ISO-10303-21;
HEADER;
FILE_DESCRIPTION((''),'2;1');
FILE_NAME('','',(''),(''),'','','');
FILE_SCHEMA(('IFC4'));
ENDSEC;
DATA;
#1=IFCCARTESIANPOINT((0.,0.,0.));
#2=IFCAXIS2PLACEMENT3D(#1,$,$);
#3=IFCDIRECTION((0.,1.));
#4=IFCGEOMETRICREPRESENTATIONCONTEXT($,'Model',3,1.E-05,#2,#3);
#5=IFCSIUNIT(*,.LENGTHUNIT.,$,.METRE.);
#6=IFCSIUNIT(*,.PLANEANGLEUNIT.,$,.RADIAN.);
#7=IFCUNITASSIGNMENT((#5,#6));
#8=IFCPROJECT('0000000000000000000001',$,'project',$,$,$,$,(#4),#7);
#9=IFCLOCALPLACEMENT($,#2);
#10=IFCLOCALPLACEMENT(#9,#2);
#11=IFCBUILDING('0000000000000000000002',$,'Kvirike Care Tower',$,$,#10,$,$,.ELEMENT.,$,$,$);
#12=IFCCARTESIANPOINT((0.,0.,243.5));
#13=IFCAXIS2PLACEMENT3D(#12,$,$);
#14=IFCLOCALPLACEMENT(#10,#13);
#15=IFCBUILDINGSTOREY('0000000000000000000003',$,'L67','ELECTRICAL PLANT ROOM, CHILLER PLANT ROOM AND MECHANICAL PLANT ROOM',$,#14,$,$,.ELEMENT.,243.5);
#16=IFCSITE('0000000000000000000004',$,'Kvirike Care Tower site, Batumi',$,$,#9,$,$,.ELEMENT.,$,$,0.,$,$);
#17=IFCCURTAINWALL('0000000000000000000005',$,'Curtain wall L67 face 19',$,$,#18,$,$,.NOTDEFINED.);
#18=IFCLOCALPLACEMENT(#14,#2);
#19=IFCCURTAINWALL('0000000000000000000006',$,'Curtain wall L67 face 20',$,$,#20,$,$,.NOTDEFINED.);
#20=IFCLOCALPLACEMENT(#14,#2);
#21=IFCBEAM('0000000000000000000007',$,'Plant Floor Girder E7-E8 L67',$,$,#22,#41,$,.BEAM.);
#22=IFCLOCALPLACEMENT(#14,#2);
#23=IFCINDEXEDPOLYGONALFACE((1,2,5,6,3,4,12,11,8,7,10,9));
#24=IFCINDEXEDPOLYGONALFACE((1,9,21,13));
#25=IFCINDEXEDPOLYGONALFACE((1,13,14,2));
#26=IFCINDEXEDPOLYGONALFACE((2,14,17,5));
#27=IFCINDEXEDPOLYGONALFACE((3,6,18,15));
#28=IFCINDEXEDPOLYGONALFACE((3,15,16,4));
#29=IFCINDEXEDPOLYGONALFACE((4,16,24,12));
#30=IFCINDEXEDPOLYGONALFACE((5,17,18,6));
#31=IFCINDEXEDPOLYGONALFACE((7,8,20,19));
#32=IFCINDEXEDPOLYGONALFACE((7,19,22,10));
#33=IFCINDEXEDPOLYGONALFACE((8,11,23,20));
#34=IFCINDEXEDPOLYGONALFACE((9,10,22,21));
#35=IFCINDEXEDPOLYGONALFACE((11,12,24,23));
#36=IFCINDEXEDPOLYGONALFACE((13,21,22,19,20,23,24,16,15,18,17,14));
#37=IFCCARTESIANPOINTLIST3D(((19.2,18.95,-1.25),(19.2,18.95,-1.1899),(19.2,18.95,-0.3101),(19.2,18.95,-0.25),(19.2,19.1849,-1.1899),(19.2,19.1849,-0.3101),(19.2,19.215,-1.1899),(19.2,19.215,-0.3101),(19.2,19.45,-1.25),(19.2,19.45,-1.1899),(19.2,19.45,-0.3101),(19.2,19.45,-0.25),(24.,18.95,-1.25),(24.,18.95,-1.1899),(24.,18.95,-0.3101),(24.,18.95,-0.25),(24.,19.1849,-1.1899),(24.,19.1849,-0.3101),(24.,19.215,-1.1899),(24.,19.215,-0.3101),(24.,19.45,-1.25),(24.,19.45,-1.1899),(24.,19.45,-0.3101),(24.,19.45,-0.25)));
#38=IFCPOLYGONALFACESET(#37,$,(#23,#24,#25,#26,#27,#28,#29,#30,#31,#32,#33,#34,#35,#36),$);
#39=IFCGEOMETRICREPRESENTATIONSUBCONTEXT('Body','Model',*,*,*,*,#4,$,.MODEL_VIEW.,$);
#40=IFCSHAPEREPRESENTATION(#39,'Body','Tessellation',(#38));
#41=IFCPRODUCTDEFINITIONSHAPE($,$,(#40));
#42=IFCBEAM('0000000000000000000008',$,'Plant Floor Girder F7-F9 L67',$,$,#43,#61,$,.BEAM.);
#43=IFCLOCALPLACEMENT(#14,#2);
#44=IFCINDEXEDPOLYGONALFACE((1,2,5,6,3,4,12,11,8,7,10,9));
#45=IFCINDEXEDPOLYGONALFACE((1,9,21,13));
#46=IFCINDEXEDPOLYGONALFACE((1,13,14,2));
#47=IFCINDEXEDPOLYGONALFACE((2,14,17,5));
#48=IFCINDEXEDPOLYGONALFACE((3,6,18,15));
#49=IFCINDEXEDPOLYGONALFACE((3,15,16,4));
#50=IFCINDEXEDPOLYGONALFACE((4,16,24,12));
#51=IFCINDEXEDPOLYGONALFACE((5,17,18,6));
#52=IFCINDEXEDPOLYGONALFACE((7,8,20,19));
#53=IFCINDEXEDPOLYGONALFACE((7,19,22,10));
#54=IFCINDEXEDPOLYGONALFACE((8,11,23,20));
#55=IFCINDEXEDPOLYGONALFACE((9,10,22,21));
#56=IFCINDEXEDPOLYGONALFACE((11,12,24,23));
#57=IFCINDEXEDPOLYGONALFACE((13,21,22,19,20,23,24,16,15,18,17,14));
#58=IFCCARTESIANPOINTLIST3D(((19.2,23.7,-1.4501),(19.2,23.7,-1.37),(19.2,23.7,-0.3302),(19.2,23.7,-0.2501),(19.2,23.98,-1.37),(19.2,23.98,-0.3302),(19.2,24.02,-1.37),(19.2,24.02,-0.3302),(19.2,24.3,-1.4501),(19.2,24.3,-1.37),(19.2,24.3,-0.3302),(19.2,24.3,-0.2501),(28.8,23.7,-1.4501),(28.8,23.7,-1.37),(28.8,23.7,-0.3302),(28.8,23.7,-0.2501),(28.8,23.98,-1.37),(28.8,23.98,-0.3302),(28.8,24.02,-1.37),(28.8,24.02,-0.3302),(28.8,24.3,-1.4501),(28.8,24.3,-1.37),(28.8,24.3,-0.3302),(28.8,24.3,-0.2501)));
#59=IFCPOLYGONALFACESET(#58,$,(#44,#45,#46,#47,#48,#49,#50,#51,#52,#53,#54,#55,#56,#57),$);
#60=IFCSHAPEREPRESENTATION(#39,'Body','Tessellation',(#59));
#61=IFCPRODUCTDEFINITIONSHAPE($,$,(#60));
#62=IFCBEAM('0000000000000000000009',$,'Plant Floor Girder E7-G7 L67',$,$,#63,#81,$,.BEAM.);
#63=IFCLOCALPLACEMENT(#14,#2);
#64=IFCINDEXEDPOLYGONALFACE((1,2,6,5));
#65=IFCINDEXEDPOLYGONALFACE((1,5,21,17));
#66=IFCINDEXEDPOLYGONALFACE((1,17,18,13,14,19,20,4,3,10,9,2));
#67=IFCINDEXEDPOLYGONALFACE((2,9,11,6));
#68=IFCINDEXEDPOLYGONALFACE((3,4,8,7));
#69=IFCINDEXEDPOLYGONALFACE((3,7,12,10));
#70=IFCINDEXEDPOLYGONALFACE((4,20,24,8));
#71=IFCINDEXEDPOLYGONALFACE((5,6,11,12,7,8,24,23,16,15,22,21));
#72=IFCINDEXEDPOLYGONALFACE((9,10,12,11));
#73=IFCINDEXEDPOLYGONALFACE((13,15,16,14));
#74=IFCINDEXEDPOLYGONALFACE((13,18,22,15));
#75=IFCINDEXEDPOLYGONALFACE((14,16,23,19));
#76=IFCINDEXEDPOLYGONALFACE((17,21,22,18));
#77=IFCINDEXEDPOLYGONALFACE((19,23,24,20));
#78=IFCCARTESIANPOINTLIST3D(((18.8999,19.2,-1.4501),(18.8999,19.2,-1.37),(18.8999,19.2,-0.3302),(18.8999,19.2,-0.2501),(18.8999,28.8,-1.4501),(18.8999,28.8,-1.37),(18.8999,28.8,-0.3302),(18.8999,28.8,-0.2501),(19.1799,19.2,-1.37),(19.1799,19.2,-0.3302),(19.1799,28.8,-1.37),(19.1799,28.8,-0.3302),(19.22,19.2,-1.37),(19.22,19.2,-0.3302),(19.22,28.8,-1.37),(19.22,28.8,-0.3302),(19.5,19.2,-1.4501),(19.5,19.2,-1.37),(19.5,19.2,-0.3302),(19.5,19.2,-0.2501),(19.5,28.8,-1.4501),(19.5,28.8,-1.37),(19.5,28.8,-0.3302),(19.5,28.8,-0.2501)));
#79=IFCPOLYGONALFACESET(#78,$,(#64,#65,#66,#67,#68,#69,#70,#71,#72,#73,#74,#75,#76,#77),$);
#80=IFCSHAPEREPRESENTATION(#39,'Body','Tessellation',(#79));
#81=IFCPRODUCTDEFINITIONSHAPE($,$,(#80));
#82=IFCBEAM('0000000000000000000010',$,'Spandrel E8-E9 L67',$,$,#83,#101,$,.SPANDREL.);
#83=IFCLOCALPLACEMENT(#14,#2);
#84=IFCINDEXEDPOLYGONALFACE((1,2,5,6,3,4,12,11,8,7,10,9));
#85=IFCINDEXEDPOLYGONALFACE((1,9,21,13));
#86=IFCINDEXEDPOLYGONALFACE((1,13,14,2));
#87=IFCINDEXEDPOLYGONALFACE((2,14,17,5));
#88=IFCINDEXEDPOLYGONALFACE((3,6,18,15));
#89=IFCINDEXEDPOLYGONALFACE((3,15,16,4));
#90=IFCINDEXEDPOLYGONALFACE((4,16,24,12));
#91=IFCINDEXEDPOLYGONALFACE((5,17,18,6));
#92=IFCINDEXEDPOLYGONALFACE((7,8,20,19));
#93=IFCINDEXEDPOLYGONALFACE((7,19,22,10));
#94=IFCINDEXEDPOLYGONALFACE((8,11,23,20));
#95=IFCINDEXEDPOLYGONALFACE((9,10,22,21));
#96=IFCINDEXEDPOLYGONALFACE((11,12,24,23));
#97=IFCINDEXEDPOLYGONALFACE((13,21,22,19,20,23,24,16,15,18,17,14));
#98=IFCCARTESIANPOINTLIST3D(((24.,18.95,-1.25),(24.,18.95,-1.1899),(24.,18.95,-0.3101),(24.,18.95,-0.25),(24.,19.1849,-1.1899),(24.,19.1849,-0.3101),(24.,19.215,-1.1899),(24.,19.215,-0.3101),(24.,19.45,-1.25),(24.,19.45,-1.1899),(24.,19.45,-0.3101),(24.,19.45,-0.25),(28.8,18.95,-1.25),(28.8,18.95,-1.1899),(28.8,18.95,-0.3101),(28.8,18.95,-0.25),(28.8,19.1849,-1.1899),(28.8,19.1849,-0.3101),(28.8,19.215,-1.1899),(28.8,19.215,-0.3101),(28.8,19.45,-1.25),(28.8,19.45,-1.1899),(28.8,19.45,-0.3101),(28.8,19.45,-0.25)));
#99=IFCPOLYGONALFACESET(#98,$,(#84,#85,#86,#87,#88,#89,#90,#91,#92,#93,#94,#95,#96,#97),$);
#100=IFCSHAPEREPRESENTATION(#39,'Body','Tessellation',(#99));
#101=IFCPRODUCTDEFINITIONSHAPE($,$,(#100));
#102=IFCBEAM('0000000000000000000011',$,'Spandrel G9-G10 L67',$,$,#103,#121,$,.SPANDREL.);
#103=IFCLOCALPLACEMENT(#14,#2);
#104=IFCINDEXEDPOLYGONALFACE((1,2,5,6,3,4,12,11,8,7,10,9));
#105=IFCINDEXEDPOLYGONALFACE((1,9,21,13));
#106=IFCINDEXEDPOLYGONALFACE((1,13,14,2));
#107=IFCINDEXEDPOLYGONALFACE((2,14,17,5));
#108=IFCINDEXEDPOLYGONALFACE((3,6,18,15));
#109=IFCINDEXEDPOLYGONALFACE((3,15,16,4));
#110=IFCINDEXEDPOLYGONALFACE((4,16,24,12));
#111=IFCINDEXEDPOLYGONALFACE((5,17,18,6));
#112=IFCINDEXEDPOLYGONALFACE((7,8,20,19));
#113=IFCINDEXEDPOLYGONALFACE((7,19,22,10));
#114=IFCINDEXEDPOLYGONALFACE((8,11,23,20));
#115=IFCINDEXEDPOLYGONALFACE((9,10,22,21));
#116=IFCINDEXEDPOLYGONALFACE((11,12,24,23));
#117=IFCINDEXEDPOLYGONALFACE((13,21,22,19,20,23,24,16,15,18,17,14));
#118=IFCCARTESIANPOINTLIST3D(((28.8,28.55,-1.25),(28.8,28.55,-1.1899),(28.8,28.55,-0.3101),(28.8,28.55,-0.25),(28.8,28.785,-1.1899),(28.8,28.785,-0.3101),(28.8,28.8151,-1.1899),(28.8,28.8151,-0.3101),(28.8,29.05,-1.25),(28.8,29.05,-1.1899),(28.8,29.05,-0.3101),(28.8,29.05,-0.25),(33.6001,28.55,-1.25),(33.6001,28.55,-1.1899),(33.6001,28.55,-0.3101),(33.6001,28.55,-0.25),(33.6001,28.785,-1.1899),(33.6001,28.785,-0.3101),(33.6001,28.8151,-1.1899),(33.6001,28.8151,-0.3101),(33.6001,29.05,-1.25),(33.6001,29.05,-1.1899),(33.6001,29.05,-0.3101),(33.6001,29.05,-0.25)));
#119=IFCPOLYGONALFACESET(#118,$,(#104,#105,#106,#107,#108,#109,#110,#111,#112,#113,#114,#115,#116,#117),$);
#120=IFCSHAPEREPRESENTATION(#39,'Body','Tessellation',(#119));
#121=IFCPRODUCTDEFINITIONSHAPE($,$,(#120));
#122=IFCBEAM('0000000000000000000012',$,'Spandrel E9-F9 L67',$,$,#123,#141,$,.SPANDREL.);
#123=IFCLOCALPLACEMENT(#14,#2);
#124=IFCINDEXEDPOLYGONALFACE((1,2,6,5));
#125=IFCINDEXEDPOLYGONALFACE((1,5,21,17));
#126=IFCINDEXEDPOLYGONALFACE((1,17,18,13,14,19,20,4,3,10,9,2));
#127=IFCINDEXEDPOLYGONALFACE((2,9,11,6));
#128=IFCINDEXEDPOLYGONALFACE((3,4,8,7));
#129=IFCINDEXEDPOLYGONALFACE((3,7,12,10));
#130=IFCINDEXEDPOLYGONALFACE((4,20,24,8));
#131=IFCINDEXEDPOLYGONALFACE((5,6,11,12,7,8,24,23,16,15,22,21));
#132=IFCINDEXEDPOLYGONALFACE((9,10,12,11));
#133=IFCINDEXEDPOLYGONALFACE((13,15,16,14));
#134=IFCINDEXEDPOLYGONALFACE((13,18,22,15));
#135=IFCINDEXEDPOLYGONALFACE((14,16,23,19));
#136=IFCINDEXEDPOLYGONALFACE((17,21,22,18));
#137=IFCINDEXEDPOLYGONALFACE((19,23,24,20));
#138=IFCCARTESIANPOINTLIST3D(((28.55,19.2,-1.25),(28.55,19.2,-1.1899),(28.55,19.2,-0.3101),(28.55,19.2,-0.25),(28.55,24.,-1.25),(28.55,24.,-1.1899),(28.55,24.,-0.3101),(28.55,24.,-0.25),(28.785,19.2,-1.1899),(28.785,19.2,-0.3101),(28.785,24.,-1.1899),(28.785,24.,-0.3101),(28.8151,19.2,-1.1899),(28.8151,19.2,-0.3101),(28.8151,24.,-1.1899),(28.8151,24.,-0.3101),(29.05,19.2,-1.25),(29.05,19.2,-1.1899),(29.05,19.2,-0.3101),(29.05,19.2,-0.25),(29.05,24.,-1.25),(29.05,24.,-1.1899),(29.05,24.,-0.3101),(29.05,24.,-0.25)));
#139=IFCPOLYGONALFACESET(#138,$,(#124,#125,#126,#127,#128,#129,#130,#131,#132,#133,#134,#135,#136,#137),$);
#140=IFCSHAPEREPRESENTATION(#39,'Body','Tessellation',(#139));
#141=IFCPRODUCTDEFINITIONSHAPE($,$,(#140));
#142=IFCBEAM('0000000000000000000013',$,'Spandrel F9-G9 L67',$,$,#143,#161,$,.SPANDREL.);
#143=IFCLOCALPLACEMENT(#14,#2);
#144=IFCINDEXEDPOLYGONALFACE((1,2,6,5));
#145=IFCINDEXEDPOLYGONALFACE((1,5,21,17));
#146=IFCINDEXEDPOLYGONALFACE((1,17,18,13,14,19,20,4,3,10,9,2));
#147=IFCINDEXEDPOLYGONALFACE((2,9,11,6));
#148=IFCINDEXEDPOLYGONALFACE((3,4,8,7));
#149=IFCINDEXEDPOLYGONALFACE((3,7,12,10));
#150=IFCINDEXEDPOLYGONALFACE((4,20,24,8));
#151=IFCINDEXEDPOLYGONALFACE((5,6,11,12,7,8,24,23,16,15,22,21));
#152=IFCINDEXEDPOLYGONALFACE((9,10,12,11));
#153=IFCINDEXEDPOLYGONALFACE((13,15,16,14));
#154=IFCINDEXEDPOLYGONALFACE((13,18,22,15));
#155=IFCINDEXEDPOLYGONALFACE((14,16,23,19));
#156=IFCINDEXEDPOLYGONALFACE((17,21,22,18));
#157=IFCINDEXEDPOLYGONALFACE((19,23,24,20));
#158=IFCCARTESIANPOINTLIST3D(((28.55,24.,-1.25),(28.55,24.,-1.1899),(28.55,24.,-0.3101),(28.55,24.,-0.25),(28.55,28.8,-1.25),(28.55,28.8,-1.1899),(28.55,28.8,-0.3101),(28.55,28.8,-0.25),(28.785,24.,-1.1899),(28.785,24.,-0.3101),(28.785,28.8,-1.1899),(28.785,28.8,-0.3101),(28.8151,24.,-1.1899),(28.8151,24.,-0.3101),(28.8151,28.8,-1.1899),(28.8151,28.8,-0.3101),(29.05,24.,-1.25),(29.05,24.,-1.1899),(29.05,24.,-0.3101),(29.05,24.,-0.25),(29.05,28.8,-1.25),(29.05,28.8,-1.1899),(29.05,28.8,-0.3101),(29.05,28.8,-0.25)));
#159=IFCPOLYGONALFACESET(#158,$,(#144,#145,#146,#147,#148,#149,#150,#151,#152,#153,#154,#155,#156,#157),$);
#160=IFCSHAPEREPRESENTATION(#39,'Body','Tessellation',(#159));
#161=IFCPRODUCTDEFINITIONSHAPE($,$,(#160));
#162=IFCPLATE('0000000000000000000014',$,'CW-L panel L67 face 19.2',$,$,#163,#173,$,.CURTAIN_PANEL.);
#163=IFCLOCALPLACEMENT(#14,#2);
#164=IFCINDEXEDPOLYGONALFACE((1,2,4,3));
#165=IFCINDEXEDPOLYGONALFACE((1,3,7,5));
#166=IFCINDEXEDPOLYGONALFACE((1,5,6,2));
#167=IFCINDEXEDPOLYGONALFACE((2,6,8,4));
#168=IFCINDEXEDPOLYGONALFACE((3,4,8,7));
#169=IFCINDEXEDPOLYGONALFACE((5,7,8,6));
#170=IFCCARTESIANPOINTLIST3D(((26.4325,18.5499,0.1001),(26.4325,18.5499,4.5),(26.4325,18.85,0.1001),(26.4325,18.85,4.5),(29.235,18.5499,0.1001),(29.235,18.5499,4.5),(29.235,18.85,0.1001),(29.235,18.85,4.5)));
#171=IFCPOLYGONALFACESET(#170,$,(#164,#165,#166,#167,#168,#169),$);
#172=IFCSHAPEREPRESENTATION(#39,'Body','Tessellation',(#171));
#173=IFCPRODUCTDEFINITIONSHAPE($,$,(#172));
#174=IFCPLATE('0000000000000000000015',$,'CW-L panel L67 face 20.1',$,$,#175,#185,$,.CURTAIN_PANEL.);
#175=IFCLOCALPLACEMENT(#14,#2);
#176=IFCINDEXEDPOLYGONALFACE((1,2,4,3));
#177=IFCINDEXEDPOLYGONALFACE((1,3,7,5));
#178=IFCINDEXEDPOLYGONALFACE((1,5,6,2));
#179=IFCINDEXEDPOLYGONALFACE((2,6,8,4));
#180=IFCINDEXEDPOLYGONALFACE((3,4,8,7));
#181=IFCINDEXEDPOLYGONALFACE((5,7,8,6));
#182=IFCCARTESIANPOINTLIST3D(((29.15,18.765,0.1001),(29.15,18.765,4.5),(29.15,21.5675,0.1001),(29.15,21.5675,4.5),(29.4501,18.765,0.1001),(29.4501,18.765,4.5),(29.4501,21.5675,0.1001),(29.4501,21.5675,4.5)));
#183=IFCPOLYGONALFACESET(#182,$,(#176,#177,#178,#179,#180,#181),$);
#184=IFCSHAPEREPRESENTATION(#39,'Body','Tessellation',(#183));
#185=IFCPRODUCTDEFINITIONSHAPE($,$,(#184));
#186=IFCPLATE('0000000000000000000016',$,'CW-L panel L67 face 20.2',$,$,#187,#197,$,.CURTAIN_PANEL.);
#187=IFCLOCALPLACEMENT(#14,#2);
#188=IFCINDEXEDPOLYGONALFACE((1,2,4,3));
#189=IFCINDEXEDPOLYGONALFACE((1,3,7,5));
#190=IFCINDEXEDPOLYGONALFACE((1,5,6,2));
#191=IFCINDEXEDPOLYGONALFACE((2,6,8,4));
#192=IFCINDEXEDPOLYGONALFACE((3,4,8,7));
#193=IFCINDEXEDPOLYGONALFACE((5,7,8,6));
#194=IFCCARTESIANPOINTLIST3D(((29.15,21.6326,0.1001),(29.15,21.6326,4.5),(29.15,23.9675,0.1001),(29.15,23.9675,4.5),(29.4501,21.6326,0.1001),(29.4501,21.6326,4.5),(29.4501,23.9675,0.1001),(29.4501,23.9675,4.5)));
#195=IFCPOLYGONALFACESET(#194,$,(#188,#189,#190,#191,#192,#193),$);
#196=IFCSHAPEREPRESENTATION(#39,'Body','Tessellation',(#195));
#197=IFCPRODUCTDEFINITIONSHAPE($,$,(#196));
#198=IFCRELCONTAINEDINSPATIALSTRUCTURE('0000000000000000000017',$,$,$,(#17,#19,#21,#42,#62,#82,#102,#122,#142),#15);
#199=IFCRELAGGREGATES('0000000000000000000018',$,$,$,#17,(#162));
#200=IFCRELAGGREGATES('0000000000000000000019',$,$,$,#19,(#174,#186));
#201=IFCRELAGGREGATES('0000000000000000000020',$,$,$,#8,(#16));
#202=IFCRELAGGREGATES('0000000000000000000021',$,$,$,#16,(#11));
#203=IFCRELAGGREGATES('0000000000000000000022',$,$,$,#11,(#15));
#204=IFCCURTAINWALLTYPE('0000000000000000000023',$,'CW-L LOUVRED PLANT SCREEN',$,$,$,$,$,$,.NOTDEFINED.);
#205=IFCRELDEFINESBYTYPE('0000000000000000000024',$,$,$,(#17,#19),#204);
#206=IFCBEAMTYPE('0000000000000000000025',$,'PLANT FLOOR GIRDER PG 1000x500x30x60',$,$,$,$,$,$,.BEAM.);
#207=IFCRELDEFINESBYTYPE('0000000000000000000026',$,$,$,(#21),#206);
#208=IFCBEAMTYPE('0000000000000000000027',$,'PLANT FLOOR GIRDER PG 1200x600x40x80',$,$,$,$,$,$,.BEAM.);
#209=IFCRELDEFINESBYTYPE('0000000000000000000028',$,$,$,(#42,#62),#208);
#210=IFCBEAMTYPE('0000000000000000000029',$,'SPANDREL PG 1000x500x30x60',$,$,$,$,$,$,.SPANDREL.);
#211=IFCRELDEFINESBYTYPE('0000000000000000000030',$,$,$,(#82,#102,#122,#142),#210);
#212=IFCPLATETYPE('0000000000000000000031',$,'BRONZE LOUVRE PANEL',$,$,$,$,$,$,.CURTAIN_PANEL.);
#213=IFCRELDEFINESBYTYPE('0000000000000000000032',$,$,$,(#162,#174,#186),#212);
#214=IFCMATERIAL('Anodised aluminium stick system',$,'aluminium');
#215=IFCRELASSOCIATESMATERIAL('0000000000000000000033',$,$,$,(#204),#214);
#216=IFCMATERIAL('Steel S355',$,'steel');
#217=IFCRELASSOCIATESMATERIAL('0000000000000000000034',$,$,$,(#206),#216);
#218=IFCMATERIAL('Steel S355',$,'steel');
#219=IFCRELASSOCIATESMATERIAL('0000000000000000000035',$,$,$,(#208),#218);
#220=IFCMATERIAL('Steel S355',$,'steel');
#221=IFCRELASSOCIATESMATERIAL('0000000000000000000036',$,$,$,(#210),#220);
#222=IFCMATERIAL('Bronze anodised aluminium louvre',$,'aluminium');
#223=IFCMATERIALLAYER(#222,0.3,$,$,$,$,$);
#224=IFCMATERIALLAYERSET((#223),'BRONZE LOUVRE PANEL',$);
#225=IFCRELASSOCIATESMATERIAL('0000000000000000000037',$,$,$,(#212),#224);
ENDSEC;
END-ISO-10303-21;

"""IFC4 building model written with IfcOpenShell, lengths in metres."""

from ifc_helpers import new_model, si_unit, direction, frame, origin, origin_2d, place, context, subcontext, project, spatial, rectangle, i_section, extrude, material, layer, layer_set, material_profile, profile_set, type_object, element, aggregate, save


model = new_model("IFC4")

# Units and contexts
model_context = context("Model", 3, precision=1e-05, world=origin(), true_north=direction((0.0, 1.0)))
body_context = subcontext(model_context, "Body", "Model", "MODEL_VIEW")
ifc_project = project(units=[si_unit("LENGTHUNIT", "METRE"), si_unit("PLANEANGLEUNIT", "RADIAN")], contexts=[model_context])

# Site, building, storey
site_placement = place(None, origin())
site = spatial("IfcSite", under=ifc_project, at=site_placement, Name="Kvirike Care Tower site, Batumi", CompositionType="ELEMENT", RefElevation=0.0)
building_placement = place(site_placement, origin())
building = spatial("IfcBuilding", under=site, at=building_placement, Name="Kvirike Care Tower", CompositionType="ELEMENT")
storey_placement = place(building_placement, frame((0.0, 0.0, 243.5)))
storey = spatial("IfcBuildingStorey", under=building, at=storey_placement, Name="L67", Description="ELECTRICAL PLANT ROOM, CHILLER PLANT ROOM AND MECHANICAL PLANT ROOM", CompositionType="ELEMENT", Elevation=243.5)

# Curtain wall
ifc_material_1 = material(Name="Anodised aluminium stick system", Category="aluminium")
curtain_wall_type = type_object("IfcCurtainWallType", Name="CW-L LOUVRED PLANT SCREEN", PredefinedType="NOTDEFINED", material=ifc_material_1)
curtain_wall_1_placement = place(storey_placement, origin())
curtain_wall_1 = element("IfcCurtainWall", 1, at=curtain_wall_1_placement, inside=storey, type_object=curtain_wall_type, Name="Curtain wall L67 face 19", PredefinedType="NOTDEFINED")

# Curtain wall
curtain_wall_2_placement = place(storey_placement, origin())
curtain_wall_2 = element("IfcCurtainWall", 2, at=curtain_wall_2_placement, inside=storey, type_object=curtain_wall_type, Name="Curtain wall L67 face 20", PredefinedType="NOTDEFINED")

# Beams
ifc_material_2 = material(Name="Steel S355", Category="steel")
ifc_material_profile_1 = material_profile(ifc_material_2, i_section(OverallWidth=0.5, OverallDepth=1.0, WebThickness=0.03, FlangeThickness=0.0601, at=origin_2d()), Name="PG 1000x500x30x60")
ifc_profile_set_1 = profile_set([ifc_material_profile_1], Name="Steel S355")
beam_type_1 = type_object("IfcBeamType", Name="PLANT FLOOR GIRDER PG 1000x500x30x60", PredefinedType="BEAM", material=ifc_profile_set_1)
beam_placement = place(storey_placement, frame((19.2, 19.2, -0.75), z_axis=(1.0, 0.0, 0.0), x_axis=(0.0, 1.0, 0.0)))
element("IfcBeam", 3, at=beam_placement, inside=storey, type_object=beam_type_1, Name="Plant Floor Girder E7-E8 L67", PredefinedType="BEAM", context=body_context, shape_type="SweptSolid", body=[
    extrude(i_section(OverallWidth=0.5, OverallDepth=1.0, WebThickness=0.03, FlangeThickness=0.0601, at=origin_2d()), origin(), (0.0, 0.0, 1.0), 4.8),
])
ifc_material_3 = material(Name="Steel S355", Category="steel")
ifc_material_profile_2 = material_profile(ifc_material_3, i_section(OverallWidth=0.6001, OverallDepth=1.2, WebThickness=0.04, FlangeThickness=0.0801, at=origin_2d()), Name="PG 1200x600x40x80")
ifc_profile_set_2 = profile_set([ifc_material_profile_2], Name="Steel S355")
beam_type_2 = type_object("IfcBeamType", Name="PLANT FLOOR GIRDER PG 1200x600x40x80", PredefinedType="BEAM", material=ifc_profile_set_2)
for number, where, z_axis, x_axis, name in (
    (4, (19.2, 24.0, -0.8501), (1.0, 0.0, 0.0), (0.0, 1.0, 0.0), "Plant Floor Girder F7-F9 L67"),
    (5, (19.2, 19.2, -0.8501), (0.0, 1.0, 0.0), (-1.0, 0.0, 0.0), "Plant Floor Girder E7-G7 L67"),
):
    element("IfcBeam", number, at=place(storey_placement, frame(where, z_axis=z_axis, x_axis=x_axis)), inside=storey, type_object=beam_type_2, Name=name, PredefinedType="BEAM", context=body_context, shape_type="SweptSolid", body=[
        extrude(i_section(OverallWidth=0.6001, OverallDepth=1.2, WebThickness=0.04, FlangeThickness=0.0801, at=origin_2d()), origin(), (0.0, 0.0, 1.0), 9.6001),
    ])
ifc_material_4 = material(Name="Steel S355", Category="steel")
ifc_material_profile_3 = material_profile(ifc_material_4, i_section(OverallWidth=0.5, OverallDepth=1.0, WebThickness=0.03, FlangeThickness=0.0601, at=origin_2d()), Name="PG 1000x500x30x60")
ifc_profile_set_3 = profile_set([ifc_material_profile_3], Name="Steel S355")
beam_type_3 = type_object("IfcBeamType", Name="SPANDREL PG 1000x500x30x60", PredefinedType="SPANDREL", material=ifc_profile_set_3)
for number, where, z_axis, x_axis, name in (
    (6, (24.0, 19.2, -0.75), (1.0, 0.0, 0.0), (0.0, 1.0, 0.0), "Spandrel E8-E9 L67"),
    (7, (28.8, 28.8, -0.75), (1.0, 0.0, 0.0), (0.0, 1.0, 0.0), "Spandrel G9-G10 L67"),
    (8, (28.8, 19.2, -0.75), (0.0, 1.0, 0.0), (-1.0, 0.0, 0.0), "Spandrel E9-F9 L67"),
    (9, (28.8, 24.0, -0.75), (0.0, 1.0, 0.0), (-1.0, 0.0, 0.0), "Spandrel F9-G9 L67"),
):
    element("IfcBeam", number, at=place(storey_placement, frame(where, z_axis=z_axis, x_axis=x_axis)), inside=storey, type_object=beam_type_3, Name=name, PredefinedType="SPANDREL", context=body_context, shape_type="SweptSolid", body=[
        extrude(i_section(OverallWidth=0.5, OverallDepth=1.0, WebThickness=0.03, FlangeThickness=0.0601, at=origin_2d()), origin(), (0.0, 0.0, 1.0), 4.8),
    ])

# Plates
ifc_material_5 = material(Name="Bronze anodised aluminium louvre", Category="aluminium")
ifc_layer_1 = layer(ifc_material_5, 0.3)
ifc_layer_set_1 = layer_set([ifc_layer_1], Name="BRONZE LOUVRE PANEL")
plate_type = type_object("IfcPlateType", Name="BRONZE LOUVRE PANEL", PredefinedType="CURTAIN_PANEL", material=ifc_layer_set_1)
plate_1_placement = place(storey_placement, frame((27.8337, 18.7, 0.1001), z_axis=(0.0, 0.0, 1.0), x_axis=(1.0, 0.0, 0.0)))
plate_1 = element("IfcPlate", 10, at=plate_1_placement, type_object=plate_type, Name="CW-L panel L67 face 19.2", PredefinedType="CURTAIN_PANEL", context=body_context, shape_type="SweptSolid", body=[
    extrude(rectangle(XDim=2.8025, YDim=0.3, at=origin_2d()), origin(), (0.0, 0.0, 1.0), 4.3999),
])
aggregate(curtain_wall_1, [plate_1])
plate_2_placement = place(storey_placement, frame((29.3, 20.1663, 0.1001), z_axis=(0.0, 0.0, 1.0), x_axis=(0.0, 1.0, 0.0)))
plate_2 = element("IfcPlate", 11, at=plate_2_placement, type_object=plate_type, Name="CW-L panel L67 face 20.1", PredefinedType="CURTAIN_PANEL", context=body_context, shape_type="SweptSolid", body=[
    extrude(rectangle(XDim=2.8025, YDim=0.3, at=origin_2d()), origin(), (0.0, 0.0, 1.0), 4.3999),
])
plate_3_placement = place(storey_placement, frame((29.3, 22.8, 0.1001), z_axis=(0.0, 0.0, 1.0), x_axis=(0.0, 1.0, 0.0)))
plate_3 = element("IfcPlate", 12, at=plate_3_placement, type_object=plate_type, Name="CW-L panel L67 face 20.2", PredefinedType="CURTAIN_PANEL", context=body_context, shape_type="SweptSolid", body=[
    extrude(rectangle(XDim=2.335, YDim=0.3, at=origin_2d()), origin(), (0.0, 0.0, 1.0), 4.3999),
])
aggregate(curtain_wall_2, [plate_2, plate_3])

save(model, "model.ifc")
